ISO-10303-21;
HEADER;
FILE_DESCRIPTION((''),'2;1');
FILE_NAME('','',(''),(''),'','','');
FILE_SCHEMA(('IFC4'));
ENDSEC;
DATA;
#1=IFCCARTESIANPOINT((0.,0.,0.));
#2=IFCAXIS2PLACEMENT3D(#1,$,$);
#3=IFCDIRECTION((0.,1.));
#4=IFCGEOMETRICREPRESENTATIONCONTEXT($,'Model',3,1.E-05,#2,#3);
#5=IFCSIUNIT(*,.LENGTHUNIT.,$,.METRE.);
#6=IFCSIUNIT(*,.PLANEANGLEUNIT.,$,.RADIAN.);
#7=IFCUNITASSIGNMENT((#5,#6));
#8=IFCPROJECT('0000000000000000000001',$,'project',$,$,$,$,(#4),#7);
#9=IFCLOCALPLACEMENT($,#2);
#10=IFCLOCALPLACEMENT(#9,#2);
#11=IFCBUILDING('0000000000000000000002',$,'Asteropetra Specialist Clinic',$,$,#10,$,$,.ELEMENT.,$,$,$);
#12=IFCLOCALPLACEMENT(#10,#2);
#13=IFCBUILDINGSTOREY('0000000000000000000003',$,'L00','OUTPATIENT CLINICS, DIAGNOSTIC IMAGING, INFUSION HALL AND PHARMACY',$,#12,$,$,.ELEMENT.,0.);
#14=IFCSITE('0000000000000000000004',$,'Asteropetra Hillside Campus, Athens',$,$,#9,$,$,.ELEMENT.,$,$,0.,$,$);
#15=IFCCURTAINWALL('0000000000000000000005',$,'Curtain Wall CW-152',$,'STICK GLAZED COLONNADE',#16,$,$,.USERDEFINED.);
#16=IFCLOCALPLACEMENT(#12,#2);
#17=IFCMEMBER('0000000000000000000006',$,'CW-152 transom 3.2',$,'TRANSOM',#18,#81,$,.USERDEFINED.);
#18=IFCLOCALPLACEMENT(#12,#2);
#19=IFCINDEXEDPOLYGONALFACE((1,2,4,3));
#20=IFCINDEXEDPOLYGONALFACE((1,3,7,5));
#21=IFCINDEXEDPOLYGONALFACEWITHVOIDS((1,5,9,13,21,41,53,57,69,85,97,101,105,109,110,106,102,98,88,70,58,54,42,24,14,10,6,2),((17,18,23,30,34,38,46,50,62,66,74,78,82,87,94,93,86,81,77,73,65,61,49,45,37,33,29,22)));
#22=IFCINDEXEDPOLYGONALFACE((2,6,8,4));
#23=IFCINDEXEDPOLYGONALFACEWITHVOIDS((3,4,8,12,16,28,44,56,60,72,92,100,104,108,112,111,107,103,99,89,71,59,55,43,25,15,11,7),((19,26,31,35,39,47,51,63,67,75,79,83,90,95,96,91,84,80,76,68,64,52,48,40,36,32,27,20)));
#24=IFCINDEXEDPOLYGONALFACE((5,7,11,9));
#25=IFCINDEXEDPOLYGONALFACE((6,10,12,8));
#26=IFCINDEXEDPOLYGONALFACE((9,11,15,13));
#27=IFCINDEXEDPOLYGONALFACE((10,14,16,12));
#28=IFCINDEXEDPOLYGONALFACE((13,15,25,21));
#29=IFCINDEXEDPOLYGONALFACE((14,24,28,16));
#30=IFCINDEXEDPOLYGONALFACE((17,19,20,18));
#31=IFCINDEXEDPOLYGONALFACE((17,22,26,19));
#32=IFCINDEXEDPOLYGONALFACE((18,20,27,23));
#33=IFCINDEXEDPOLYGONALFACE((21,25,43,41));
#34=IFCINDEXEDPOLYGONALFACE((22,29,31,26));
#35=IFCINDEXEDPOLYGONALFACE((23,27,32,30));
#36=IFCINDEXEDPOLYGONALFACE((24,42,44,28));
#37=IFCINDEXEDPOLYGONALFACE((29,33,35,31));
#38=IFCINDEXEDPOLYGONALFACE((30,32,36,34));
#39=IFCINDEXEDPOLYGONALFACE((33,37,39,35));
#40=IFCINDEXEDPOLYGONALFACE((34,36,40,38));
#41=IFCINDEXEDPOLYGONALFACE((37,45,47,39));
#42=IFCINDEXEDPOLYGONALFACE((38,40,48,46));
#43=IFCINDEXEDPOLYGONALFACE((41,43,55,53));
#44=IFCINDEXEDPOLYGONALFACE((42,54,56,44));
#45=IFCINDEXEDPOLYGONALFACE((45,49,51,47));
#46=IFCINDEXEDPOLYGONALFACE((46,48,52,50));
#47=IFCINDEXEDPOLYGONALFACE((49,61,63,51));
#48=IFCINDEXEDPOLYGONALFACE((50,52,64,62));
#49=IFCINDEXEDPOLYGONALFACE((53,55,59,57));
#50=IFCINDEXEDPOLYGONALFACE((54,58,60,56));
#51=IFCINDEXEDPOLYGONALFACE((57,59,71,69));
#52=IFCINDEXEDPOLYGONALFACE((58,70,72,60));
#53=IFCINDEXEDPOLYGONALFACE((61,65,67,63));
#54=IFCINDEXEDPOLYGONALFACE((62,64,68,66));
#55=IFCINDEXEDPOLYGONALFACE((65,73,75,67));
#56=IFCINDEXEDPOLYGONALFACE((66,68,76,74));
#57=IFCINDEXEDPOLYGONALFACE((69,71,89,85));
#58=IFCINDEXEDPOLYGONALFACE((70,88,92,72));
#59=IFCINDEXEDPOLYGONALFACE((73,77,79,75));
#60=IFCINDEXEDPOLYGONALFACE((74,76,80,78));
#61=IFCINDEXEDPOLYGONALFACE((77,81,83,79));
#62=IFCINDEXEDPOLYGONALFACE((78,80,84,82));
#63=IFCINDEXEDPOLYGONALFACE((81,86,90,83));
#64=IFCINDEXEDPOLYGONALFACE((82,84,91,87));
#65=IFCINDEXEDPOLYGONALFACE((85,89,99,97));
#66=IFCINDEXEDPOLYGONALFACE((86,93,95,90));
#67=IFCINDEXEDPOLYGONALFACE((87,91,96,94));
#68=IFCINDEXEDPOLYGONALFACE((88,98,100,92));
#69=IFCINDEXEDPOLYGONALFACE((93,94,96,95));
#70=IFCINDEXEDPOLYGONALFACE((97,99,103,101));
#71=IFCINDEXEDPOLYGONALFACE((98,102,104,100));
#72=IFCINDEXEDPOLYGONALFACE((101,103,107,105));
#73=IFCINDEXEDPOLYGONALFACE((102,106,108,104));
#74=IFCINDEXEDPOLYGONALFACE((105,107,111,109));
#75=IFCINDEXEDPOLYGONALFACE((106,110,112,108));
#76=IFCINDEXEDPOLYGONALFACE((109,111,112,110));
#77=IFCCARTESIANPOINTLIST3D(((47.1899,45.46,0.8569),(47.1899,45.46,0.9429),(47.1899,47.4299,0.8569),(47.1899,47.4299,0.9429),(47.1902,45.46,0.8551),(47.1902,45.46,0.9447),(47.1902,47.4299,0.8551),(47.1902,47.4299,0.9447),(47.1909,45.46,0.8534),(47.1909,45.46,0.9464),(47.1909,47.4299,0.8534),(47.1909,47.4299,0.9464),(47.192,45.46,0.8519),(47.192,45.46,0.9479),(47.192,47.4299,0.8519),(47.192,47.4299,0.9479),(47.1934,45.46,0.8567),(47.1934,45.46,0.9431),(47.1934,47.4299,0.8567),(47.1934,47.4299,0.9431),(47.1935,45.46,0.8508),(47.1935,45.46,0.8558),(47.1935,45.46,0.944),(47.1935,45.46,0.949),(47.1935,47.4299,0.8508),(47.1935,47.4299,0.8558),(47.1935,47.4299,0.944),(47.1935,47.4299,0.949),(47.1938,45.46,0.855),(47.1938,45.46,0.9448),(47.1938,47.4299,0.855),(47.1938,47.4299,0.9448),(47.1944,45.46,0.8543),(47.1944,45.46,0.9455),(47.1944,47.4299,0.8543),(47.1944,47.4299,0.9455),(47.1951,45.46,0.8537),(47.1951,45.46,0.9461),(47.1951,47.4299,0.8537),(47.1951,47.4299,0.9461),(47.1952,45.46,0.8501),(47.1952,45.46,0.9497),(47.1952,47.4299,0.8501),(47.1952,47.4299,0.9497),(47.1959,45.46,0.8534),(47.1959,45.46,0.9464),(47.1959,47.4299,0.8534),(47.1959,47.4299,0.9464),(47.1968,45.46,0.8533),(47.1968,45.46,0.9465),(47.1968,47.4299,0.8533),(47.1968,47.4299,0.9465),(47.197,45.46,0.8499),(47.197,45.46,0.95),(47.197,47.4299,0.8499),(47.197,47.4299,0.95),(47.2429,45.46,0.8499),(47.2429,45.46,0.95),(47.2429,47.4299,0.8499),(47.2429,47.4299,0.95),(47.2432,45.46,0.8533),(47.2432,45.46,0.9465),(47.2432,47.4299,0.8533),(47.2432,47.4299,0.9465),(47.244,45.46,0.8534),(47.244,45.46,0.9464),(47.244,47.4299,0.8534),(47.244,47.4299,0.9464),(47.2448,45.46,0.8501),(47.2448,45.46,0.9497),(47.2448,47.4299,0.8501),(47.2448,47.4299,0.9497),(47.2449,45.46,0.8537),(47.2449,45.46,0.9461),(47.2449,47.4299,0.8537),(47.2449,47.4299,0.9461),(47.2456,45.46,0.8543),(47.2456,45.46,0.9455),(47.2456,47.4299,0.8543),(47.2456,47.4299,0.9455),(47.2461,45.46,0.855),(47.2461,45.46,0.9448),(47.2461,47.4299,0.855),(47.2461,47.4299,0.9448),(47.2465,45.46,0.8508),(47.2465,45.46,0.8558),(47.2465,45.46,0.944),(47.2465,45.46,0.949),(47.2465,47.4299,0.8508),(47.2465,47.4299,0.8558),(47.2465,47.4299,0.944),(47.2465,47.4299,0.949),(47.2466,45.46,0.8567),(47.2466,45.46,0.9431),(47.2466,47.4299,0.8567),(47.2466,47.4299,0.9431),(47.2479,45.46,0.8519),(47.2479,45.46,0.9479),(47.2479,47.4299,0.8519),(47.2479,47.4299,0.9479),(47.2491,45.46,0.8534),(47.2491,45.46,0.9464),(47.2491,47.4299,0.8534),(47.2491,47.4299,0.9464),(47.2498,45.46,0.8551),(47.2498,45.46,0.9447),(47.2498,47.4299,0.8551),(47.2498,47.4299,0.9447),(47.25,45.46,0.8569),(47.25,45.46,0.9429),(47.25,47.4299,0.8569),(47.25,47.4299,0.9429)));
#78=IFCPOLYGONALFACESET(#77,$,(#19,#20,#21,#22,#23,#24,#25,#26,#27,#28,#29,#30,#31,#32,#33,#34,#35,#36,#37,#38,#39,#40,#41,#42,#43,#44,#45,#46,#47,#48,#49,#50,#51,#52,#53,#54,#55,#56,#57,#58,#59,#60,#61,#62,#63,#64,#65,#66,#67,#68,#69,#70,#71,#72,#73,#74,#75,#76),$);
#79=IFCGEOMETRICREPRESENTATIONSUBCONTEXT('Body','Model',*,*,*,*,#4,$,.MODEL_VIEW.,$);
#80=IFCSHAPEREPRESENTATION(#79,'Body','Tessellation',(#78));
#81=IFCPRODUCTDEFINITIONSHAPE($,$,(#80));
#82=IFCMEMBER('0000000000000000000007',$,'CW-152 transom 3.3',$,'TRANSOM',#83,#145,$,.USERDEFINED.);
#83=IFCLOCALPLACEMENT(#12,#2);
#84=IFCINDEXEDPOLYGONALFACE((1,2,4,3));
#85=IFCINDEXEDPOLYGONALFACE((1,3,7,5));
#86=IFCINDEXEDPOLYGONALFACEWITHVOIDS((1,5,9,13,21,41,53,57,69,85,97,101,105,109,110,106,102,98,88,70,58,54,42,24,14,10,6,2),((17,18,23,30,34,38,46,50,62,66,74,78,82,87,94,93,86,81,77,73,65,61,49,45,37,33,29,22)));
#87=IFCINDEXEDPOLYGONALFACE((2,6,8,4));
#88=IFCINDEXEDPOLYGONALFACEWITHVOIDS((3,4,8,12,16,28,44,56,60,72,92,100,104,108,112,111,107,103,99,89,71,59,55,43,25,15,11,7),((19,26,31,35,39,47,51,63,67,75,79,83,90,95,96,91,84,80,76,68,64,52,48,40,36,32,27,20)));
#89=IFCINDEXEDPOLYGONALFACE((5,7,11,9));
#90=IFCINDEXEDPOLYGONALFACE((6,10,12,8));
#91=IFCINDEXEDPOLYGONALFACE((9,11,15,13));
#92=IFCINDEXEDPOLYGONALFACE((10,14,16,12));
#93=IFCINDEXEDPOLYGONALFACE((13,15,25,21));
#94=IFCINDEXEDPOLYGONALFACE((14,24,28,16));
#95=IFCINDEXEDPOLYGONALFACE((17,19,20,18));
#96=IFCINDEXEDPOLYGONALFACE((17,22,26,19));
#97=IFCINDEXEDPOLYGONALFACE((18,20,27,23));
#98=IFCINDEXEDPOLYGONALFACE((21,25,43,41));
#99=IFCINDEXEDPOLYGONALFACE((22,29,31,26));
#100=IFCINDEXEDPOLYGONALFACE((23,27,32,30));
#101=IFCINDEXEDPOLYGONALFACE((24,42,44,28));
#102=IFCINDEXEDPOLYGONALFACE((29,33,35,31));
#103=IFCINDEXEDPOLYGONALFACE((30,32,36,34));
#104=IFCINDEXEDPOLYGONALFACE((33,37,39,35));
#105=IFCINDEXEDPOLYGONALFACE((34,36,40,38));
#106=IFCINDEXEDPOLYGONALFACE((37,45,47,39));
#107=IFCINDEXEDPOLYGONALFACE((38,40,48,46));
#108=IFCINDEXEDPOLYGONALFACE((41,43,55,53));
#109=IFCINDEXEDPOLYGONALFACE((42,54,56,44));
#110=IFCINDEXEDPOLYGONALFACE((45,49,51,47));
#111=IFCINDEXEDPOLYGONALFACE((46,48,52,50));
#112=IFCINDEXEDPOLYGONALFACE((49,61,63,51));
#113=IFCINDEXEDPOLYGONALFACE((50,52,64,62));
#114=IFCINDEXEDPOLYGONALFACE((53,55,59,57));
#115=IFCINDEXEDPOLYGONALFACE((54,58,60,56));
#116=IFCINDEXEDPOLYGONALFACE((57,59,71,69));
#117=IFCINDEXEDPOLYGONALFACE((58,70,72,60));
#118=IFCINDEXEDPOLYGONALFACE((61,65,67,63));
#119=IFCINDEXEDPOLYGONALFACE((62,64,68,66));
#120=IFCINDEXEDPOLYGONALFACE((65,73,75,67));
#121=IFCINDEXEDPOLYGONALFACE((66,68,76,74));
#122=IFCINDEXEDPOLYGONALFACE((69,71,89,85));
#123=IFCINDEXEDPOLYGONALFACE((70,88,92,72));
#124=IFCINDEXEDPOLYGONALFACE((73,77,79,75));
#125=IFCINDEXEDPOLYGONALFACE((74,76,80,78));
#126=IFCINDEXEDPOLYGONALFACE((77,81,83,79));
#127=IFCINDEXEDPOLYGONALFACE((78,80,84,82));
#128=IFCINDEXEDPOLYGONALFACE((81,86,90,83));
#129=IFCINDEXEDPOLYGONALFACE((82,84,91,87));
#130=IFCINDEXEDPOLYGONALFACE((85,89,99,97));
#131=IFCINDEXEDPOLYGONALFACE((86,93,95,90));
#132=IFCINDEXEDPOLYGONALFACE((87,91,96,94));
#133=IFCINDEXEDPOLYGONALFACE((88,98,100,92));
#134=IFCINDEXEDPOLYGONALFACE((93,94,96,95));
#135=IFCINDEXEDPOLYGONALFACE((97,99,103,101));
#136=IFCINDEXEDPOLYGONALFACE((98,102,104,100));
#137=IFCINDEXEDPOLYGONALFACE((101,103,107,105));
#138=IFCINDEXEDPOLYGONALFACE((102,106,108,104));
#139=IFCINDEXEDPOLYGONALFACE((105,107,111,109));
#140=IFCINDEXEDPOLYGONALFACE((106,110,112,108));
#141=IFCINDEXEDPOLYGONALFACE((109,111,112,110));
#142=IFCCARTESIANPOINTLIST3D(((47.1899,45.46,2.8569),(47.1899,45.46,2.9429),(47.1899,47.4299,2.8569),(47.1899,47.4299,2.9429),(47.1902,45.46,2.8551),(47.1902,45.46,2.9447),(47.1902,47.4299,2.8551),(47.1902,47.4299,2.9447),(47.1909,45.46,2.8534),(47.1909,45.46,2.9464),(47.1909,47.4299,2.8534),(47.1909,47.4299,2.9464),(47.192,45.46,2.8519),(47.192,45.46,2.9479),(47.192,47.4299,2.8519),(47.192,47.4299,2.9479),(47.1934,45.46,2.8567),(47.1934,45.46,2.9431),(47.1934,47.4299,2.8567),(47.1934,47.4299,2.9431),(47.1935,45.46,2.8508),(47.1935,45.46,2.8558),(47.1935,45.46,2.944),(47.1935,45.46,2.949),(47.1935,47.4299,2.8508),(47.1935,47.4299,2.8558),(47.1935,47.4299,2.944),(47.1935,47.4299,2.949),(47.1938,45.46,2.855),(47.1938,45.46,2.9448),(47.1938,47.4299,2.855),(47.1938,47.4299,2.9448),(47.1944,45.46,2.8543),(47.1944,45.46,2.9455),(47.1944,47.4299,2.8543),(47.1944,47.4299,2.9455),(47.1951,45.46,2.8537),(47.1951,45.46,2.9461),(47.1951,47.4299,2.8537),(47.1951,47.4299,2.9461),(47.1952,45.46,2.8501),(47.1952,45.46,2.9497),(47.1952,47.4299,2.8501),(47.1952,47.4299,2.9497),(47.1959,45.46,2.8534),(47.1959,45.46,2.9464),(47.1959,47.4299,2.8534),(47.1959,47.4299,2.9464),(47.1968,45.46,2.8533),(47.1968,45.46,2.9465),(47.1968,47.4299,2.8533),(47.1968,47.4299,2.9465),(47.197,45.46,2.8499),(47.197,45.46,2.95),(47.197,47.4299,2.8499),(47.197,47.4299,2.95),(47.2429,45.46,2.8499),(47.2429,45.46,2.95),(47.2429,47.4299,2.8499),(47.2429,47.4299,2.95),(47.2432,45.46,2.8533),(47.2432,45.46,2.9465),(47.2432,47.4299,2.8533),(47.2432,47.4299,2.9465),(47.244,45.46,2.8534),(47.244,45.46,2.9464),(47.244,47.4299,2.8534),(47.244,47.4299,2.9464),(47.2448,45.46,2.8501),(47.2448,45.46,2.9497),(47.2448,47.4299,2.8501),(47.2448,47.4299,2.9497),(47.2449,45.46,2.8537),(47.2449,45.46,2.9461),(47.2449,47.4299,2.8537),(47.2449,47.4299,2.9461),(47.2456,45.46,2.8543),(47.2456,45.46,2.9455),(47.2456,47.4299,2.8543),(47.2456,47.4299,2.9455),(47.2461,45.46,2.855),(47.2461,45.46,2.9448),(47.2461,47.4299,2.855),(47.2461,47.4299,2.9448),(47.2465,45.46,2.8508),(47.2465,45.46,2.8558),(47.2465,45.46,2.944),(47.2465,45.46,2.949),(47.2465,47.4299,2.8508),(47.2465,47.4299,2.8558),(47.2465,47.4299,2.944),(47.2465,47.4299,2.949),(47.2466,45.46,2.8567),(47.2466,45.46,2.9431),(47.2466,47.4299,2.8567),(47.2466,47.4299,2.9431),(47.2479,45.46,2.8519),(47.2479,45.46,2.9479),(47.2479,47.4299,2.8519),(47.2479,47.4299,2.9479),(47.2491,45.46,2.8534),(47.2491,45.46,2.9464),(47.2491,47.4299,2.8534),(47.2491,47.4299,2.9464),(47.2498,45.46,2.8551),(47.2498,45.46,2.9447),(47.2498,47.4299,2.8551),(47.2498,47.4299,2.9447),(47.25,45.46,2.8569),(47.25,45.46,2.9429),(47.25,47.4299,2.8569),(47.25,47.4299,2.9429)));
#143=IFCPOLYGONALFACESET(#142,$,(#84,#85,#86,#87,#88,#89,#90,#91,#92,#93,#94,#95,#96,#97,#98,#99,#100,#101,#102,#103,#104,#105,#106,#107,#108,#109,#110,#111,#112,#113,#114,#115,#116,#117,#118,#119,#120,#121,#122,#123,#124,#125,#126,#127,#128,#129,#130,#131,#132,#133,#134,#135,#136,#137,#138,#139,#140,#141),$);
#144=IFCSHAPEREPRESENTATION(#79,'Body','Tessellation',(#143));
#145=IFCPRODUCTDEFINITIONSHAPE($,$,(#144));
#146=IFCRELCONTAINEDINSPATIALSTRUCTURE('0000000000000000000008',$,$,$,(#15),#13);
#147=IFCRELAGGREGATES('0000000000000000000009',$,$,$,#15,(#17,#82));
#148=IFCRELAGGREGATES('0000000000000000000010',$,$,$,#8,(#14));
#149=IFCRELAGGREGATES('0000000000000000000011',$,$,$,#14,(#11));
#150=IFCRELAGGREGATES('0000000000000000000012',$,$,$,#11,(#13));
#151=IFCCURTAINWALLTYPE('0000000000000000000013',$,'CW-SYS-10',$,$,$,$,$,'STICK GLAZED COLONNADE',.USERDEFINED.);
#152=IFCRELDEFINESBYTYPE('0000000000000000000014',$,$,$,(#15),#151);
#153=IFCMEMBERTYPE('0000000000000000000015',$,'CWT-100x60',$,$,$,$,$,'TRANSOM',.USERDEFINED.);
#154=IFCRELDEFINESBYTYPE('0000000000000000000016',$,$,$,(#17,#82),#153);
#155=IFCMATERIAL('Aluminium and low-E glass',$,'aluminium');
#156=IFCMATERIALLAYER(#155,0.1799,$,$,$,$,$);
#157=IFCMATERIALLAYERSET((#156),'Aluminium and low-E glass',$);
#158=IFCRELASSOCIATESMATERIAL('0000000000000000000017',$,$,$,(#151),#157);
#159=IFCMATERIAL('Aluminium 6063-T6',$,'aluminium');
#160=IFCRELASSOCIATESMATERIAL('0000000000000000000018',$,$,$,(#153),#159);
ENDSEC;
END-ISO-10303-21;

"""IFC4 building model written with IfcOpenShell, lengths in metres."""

from ifc_helpers import new_model, si_unit, direction, frame, origin, origin_2d, place, context, subcontext, project, spatial, hollow_rectangle, extrude, material, layer, layer_set, material_profile, profile_set, type_object, element, aggregate, save


model = new_model("IFC4")

# Units and contexts
model_context = context("Model", 3, precision=1e-05, world=origin(), true_north=direction((0.0, 1.0)))
body_context = subcontext(model_context, "Body", "Model", "MODEL_VIEW")
ifc_project = project(units=[si_unit("LENGTHUNIT", "METRE"), si_unit("PLANEANGLEUNIT", "RADIAN")], contexts=[model_context])

# Site, building, storey
site_placement = place(None, origin())
site = spatial("IfcSite", under=ifc_project, at=site_placement, Name="Asteropetra Hillside Campus, Athens", CompositionType="ELEMENT", RefElevation=0.0)
building_placement = place(site_placement, origin())
building = spatial("IfcBuilding", under=site, at=building_placement, Name="Asteropetra Specialist Clinic", CompositionType="ELEMENT")
storey_placement = place(building_placement, origin())
storey = spatial("IfcBuildingStorey", under=building, at=storey_placement, Name="L00", Description="OUTPATIENT CLINICS, DIAGNOSTIC IMAGING, INFUSION HALL AND PHARMACY", CompositionType="ELEMENT", Elevation=0.0)

# Curtain wall, members
ifc_material_1 = material(Name="Aluminium and low-E glass", Category="aluminium")
ifc_layer_1 = layer(ifc_material_1, 0.1799)
ifc_layer_set_1 = layer_set([ifc_layer_1], Name="Aluminium and low-E glass")
curtain_wall_type = type_object("IfcCurtainWallType", Name="CW-SYS-10", ElementType="STICK GLAZED COLONNADE", PredefinedType="USERDEFINED", material=ifc_layer_set_1)
curtain_wall_placement = place(storey_placement, origin())
curtain_wall = element("IfcCurtainWall", 1, at=curtain_wall_placement, inside=storey, type_object=curtain_wall_type, Name="Curtain Wall CW-152", ObjectType="STICK GLAZED COLONNADE", PredefinedType="USERDEFINED")
ifc_material_2 = material(Name="Aluminium 6063-T6", Category="aluminium")
ifc_material_profile_1 = material_profile(ifc_material_2, hollow_rectangle(XDim=0.0601, YDim=0.1001, WallThickness=0.0034, InnerFilletRadius=0.0034, OuterFilletRadius=0.0071, at=origin_2d()), Name="TRN 100x60x3.5")
ifc_profile_set_1 = profile_set([ifc_material_profile_1], Name="Aluminium 6063-T6")
member_type = type_object("IfcMemberType", Name="CWT-100x60", ElementType="TRANSOM", PredefinedType="USERDEFINED", material=ifc_profile_set_1)
member_1_placement = place(storey_placement, frame((47.22, 45.46, 0.8999), z_axis=(0.0, 1.0, 0.0), x_axis=(-1.0, 0.0, 0.0)))
member_1 = element("IfcMember", 2, at=member_1_placement, type_object=member_type, Name="CW-152 transom 3.2", ObjectType="TRANSOM", PredefinedType="USERDEFINED", context=body_context, shape_type="SweptSolid", body=[
    extrude(hollow_rectangle(XDim=0.0601, YDim=0.1001, WallThickness=0.0034, InnerFilletRadius=0.0034, OuterFilletRadius=0.0071, at=origin_2d()), origin(), (0.0, 0.0, 1.0), 1.97),
])
member_2_placement = place(storey_placement, frame((47.22, 45.46, 2.8999), z_axis=(0.0, 1.0, 0.0), x_axis=(-1.0, 0.0, 0.0)))
member_2 = element("IfcMember", 3, at=member_2_placement, type_object=member_type, Name="CW-152 transom 3.3", ObjectType="TRANSOM", PredefinedType="USERDEFINED", context=body_context, shape_type="SweptSolid", body=[
    extrude(hollow_rectangle(XDim=0.0601, YDim=0.1001, WallThickness=0.0034, InnerFilletRadius=0.0034, OuterFilletRadius=0.0071, at=origin_2d()), origin(), (0.0, 0.0, 1.0), 1.97),
])

aggregate(curtain_wall, [member_1, member_2])

save(model, "model.ifc")
